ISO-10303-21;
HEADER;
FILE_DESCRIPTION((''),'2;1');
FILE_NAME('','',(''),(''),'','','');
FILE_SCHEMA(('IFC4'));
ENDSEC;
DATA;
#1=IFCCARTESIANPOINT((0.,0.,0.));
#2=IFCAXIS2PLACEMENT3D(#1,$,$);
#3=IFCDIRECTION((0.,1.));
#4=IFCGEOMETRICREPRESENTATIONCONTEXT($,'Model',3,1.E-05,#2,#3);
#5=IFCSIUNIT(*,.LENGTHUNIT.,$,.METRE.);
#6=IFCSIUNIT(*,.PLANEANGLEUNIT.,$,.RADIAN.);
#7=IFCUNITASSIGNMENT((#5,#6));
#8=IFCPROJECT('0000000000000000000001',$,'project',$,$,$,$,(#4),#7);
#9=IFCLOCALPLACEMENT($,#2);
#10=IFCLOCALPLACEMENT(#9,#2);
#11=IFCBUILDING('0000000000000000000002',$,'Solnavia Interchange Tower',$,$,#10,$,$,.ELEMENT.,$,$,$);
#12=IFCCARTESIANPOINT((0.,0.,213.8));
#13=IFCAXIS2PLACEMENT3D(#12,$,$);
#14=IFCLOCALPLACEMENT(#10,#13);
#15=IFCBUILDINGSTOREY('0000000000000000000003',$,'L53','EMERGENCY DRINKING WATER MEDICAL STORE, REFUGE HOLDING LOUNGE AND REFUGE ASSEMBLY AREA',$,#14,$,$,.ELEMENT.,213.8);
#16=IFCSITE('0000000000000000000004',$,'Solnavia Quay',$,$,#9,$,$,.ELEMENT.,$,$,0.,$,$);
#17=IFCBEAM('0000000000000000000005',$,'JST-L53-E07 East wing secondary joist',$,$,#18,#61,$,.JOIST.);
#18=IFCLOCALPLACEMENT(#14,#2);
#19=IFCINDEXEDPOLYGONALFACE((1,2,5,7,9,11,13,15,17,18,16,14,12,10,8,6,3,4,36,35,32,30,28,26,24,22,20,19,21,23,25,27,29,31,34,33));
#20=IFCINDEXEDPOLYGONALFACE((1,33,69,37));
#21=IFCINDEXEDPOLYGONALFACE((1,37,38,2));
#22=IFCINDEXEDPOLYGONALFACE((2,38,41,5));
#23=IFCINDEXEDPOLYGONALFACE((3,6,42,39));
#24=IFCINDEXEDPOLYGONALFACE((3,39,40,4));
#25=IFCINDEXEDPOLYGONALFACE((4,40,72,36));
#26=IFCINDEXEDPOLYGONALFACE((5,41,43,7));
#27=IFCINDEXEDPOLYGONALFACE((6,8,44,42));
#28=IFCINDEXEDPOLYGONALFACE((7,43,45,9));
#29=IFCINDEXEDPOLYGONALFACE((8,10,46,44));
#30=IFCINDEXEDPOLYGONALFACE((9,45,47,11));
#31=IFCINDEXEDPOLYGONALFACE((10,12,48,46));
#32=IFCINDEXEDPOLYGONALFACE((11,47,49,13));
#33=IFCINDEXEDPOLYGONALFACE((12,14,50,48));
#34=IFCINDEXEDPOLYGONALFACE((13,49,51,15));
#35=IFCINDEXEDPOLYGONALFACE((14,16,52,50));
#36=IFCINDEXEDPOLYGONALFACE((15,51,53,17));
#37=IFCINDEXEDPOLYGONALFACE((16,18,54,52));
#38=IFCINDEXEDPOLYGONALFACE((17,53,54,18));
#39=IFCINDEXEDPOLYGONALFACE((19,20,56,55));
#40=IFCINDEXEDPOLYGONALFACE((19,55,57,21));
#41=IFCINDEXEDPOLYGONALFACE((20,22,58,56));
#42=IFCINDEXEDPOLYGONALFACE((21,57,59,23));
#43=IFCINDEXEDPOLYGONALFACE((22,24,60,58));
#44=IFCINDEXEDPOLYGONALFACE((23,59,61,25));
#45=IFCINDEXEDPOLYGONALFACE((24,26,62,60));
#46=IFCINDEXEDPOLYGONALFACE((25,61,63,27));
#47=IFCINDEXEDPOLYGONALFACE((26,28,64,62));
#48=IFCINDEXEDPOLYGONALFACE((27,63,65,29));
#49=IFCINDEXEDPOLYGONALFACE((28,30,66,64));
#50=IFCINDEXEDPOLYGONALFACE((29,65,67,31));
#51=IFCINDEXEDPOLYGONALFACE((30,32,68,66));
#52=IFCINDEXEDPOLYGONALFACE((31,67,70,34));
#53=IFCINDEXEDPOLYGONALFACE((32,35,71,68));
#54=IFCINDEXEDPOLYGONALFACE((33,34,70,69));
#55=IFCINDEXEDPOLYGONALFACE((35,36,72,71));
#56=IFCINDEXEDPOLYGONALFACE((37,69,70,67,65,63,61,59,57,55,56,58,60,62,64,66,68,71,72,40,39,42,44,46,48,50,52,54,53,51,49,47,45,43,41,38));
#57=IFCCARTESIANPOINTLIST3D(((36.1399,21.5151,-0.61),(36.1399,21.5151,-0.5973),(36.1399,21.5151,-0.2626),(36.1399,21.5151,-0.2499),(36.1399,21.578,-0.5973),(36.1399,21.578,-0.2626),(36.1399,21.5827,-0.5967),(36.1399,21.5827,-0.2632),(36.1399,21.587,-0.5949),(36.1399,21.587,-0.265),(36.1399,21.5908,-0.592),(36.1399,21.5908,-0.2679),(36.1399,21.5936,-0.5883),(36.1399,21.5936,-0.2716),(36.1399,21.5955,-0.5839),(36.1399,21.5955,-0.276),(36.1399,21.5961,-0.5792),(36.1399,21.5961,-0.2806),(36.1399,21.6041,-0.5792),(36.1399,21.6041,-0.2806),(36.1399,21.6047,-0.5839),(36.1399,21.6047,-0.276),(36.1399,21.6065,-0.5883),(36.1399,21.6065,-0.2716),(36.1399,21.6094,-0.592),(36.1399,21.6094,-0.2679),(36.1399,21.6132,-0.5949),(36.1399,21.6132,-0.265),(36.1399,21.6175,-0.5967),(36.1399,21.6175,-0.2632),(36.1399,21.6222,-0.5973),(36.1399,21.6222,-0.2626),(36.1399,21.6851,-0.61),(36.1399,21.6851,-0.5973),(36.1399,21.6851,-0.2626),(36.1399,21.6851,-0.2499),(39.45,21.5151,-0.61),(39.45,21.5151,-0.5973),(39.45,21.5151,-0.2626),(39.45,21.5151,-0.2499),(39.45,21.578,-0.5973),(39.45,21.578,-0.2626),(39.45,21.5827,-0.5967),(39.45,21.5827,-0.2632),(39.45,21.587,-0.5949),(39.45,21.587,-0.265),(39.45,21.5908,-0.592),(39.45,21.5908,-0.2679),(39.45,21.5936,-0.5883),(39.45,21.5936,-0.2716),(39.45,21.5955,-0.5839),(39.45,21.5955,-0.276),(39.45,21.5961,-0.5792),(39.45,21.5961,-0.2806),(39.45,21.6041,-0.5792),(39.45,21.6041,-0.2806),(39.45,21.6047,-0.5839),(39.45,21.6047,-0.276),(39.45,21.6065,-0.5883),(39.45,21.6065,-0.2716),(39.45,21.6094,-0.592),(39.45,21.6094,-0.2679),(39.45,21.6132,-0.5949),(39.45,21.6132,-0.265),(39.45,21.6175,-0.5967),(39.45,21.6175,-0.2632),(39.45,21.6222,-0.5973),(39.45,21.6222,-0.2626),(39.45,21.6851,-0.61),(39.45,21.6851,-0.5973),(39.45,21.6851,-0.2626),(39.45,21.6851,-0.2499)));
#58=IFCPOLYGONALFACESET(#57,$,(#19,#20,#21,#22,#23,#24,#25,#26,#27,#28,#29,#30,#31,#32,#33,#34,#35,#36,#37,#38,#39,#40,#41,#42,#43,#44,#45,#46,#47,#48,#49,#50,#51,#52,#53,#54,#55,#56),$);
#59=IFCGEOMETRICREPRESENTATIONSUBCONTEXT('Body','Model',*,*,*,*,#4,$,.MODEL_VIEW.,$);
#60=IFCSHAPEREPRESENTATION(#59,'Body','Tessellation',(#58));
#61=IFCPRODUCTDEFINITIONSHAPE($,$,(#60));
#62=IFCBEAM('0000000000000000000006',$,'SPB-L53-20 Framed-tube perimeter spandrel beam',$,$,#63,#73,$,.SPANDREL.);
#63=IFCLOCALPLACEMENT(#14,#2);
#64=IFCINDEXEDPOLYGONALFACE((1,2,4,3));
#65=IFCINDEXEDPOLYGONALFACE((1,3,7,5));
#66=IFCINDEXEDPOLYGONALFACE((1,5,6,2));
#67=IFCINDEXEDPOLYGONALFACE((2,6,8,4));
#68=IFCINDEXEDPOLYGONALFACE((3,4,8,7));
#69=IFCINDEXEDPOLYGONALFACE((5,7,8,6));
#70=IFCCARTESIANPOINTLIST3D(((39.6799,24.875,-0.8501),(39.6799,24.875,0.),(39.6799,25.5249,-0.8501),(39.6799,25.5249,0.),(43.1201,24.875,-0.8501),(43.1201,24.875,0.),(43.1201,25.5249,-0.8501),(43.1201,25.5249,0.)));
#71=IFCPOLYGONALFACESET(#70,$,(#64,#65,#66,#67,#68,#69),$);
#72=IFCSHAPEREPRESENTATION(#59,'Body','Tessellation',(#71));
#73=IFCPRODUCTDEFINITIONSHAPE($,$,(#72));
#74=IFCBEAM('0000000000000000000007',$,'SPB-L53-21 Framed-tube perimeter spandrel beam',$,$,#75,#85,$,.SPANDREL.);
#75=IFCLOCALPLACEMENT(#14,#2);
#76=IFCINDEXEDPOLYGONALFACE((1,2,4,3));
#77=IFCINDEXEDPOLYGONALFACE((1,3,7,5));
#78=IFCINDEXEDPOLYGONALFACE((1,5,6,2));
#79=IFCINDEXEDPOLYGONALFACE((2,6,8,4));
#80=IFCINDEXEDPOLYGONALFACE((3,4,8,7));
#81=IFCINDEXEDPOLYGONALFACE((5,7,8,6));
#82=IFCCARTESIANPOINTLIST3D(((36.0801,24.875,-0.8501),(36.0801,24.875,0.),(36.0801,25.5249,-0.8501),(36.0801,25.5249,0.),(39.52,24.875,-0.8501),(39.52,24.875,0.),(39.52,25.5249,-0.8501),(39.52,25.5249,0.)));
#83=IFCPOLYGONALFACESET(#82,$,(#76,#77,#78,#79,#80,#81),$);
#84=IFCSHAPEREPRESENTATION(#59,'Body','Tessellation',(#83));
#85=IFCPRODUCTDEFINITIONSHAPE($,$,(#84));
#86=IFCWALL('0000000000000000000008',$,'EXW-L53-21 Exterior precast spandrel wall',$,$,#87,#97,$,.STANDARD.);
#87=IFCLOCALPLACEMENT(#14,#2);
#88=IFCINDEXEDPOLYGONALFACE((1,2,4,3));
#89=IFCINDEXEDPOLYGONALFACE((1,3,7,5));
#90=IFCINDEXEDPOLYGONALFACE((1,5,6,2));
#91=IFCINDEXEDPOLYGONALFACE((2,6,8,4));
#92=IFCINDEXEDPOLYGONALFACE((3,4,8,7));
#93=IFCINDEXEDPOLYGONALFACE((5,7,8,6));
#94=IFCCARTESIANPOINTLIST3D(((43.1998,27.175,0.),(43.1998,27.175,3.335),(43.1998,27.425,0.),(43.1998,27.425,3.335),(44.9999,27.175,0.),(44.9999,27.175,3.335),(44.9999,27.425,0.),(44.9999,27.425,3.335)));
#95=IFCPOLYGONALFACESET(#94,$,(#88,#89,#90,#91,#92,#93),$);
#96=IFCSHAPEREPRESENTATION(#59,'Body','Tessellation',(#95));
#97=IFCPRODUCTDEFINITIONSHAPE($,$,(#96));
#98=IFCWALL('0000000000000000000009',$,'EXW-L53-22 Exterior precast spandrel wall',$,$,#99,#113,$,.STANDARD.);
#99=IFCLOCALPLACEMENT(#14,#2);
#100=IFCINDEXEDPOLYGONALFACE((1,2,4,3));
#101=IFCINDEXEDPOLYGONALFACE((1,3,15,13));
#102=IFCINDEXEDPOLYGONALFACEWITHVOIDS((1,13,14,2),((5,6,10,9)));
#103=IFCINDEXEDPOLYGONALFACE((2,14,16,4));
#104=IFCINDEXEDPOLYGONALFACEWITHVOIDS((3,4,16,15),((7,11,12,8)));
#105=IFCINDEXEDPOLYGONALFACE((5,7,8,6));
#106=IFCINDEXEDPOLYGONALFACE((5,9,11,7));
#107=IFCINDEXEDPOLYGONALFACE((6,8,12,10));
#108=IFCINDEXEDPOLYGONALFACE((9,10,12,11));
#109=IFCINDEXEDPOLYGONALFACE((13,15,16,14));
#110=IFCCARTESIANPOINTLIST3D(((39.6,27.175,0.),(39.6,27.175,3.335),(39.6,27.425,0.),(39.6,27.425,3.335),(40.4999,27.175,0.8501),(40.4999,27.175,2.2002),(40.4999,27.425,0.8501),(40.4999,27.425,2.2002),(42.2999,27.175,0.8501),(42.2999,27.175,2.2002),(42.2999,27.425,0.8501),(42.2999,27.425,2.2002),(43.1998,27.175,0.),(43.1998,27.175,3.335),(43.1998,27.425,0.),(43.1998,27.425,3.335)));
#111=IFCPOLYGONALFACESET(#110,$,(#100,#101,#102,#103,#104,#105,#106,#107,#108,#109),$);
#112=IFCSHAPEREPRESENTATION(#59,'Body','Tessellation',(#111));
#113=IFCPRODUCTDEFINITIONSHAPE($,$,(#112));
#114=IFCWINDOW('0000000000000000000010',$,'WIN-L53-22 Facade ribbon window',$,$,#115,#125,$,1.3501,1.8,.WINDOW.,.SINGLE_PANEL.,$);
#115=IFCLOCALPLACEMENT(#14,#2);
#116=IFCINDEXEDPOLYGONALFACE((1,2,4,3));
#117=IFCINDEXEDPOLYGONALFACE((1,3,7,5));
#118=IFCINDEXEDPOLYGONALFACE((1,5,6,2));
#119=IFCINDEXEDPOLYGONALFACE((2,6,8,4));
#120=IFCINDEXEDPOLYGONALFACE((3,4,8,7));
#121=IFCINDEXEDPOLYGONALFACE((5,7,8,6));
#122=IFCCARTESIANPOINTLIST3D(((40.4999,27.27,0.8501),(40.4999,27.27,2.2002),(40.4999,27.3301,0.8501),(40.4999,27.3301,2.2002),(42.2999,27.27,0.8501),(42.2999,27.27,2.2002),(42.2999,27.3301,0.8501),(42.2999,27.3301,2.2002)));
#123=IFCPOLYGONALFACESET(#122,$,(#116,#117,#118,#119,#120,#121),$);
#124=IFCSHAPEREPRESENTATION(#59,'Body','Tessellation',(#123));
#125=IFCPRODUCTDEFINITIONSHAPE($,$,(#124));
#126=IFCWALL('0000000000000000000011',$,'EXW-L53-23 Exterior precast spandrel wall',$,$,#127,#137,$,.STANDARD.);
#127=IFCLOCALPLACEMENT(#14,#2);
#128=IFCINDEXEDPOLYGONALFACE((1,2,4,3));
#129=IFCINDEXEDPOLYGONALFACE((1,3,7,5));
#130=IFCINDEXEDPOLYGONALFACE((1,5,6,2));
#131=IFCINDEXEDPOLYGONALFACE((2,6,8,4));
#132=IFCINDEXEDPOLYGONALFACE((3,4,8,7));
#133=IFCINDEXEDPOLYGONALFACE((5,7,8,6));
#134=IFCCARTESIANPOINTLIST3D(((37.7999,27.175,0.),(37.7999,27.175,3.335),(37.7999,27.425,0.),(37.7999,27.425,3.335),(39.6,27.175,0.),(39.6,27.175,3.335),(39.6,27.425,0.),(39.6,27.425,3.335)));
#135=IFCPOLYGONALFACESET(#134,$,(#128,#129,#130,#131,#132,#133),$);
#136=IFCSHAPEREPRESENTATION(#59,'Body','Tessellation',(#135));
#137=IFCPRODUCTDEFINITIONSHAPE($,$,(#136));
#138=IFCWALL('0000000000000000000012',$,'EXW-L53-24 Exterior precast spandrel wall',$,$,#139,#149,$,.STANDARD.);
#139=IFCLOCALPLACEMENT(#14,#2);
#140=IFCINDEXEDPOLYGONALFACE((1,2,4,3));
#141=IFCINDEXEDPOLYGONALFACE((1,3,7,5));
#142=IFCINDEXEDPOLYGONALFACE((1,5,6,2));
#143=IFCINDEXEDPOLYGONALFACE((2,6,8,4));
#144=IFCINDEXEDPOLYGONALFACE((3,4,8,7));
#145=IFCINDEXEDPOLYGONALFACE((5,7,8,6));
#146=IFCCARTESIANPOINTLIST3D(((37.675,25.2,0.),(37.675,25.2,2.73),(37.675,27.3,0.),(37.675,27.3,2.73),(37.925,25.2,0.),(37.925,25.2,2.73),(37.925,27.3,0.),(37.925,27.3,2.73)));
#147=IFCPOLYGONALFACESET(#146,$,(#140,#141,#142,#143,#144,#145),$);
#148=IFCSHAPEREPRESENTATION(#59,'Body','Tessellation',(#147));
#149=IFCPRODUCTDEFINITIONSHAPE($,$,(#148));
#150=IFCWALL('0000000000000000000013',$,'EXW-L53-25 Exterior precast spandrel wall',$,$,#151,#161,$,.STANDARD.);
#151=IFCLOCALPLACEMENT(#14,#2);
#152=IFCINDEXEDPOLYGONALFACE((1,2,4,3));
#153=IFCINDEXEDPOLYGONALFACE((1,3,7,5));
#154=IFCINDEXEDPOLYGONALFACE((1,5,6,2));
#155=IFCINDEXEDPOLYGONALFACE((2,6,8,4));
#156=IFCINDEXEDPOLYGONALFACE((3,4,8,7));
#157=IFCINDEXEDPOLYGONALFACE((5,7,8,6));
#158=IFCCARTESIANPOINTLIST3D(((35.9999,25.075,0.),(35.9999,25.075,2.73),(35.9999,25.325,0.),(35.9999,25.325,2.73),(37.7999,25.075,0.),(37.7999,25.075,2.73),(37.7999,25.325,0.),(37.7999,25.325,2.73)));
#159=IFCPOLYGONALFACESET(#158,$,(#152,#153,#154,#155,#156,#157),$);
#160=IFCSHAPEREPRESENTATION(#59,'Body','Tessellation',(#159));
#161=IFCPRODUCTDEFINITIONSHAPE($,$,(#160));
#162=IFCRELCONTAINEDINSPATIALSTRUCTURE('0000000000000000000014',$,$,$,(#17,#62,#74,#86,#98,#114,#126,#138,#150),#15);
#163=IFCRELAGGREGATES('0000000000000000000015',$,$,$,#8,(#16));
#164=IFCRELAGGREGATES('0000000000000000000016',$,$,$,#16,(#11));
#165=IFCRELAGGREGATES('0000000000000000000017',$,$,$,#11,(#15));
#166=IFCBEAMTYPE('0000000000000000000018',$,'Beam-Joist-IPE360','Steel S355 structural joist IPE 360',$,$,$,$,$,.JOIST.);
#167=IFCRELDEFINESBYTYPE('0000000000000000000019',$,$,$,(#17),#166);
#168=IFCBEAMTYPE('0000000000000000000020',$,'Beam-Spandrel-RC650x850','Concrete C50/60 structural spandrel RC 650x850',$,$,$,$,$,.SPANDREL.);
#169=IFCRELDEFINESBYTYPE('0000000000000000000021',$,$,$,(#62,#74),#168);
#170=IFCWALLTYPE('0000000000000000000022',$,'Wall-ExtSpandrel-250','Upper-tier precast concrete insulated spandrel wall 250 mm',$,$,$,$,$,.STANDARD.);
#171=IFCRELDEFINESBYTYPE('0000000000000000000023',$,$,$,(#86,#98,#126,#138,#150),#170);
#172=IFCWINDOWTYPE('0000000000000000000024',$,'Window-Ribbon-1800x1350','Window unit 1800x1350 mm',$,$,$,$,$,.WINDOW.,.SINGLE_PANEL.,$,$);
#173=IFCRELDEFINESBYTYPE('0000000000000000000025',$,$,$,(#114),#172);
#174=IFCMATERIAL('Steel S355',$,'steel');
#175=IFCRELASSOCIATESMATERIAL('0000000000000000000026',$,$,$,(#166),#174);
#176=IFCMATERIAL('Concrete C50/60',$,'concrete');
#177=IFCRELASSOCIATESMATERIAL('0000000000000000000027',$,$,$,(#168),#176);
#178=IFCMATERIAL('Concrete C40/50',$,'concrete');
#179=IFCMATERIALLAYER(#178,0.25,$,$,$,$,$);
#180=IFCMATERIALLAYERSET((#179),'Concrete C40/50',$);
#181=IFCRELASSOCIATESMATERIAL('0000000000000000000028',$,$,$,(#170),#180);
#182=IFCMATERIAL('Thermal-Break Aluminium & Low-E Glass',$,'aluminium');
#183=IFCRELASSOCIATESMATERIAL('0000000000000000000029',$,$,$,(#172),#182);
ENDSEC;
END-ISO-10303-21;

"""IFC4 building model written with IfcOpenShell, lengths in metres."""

from ifc_helpers import new_model, si_unit, direction, frame, frame_2d, origin, origin_2d, place, context, subcontext, project, spatial, rectangle, i_section, extrude, material, layer, layer_set, material_profile, profile_set, type_object, element, fill, save


model = new_model("IFC4")

# Units and contexts
model_context = context("Model", 3, precision=1e-05, world=origin(), true_north=direction((0.0, 1.0)))
body_context = subcontext(model_context, "Body", "Model", "MODEL_VIEW")
ifc_project = project(units=[si_unit("LENGTHUNIT", "METRE"), si_unit("PLANEANGLEUNIT", "RADIAN")], contexts=[model_context])

# Site, building, storey
site_placement = place(None, origin())
site = spatial("IfcSite", under=ifc_project, at=site_placement, Name="Solnavia Quay", CompositionType="ELEMENT", RefElevation=0.0)
building_placement = place(site_placement, origin())
building = spatial("IfcBuilding", under=site, at=building_placement, Name="Solnavia Interchange Tower", CompositionType="ELEMENT")
storey_placement = place(building_placement, frame((0.0, 0.0, 213.8)))
storey = spatial("IfcBuildingStorey", under=building, at=storey_placement, Name="L53", Description="EMERGENCY DRINKING WATER MEDICAL STORE, REFUGE HOLDING LOUNGE AND REFUGE ASSEMBLY AREA", CompositionType="ELEMENT", Elevation=213.8)

# Shared definitions
ifc_material_1 = material(Name="Concrete C50/60", Category="concrete")

# Beams
ifc_material_2 = material(Name="Steel S355", Category="steel")
ifc_material_profile_1 = material_profile(ifc_material_2, i_section(OverallWidth=0.1699, OverallDepth=0.3601, WebThickness=0.0081, FlangeThickness=0.0127, FilletRadius=0.0181, at=origin_2d()), Name="IPE 360")
ifc_profile_set_1 = profile_set([ifc_material_profile_1], Name="Steel S355")
beam_type_1 = type_object("IfcBeamType", Name="Beam-Joist-IPE360", Description="Steel S355 structural joist IPE 360", PredefinedType="JOIST", material=ifc_profile_set_1)
beam_1_placement = place(storey_placement, frame((36.1399, 21.6001, -0.4299), z_axis=(1.0, 0.0, 0.0), x_axis=(0.0, 1.0, 0.0)))
element("IfcBeam", 1, at=beam_1_placement, inside=storey, type_object=beam_type_1, Name="JST-L53-E07 East wing secondary joist", PredefinedType="JOIST", context=body_context, shape_type="SweptSolid", body=[
    extrude(i_section(OverallWidth=0.1699, OverallDepth=0.3601, WebThickness=0.0081, FlangeThickness=0.0127, FilletRadius=0.0181, at=origin_2d()), origin(), (0.0, 0.0, 1.0), 3.3101),
])
ifc_material_profile_2 = material_profile(ifc_material_1, rectangle(XDim=0.6499, YDim=0.8501, at=origin_2d()), Name="RC 650x850")
ifc_profile_set_2 = profile_set([ifc_material_profile_2], Name="Concrete C50/60")
beam_type_2 = type_object("IfcBeamType", Name="Beam-Spandrel-RC650x850", Description="Concrete C50/60 structural spandrel RC 650x850", PredefinedType="SPANDREL", material=ifc_profile_set_2)
beam_2_placement = place(storey_placement, frame((43.1201, 25.2, -0.425), z_axis=(-1.0, 0.0, 0.0), x_axis=(0.0, -1.0, 0.0)))
element("IfcBeam", 2, at=beam_2_placement, inside=storey, type_object=beam_type_2, Name="SPB-L53-20 Framed-tube perimeter spandrel beam", PredefinedType="SPANDREL", context=body_context, shape_type="SweptSolid", body=[
    extrude(rectangle(XDim=0.6499, YDim=0.8501, at=origin_2d()), origin(), (0.0, 0.0, 1.0), 3.4402),
])
beam_3_placement = place(storey_placement, frame((39.52, 25.2, -0.425), z_axis=(-1.0, 0.0, 0.0), x_axis=(0.0, -1.0, 0.0)))
element("IfcBeam", 3, at=beam_3_placement, inside=storey, type_object=beam_type_2, Name="SPB-L53-21 Framed-tube perimeter spandrel beam", PredefinedType="SPANDREL", context=body_context, shape_type="SweptSolid", body=[
    extrude(rectangle(XDim=0.6499, YDim=0.8501, at=origin_2d()), origin(), (0.0, 0.0, 1.0), 3.4399),
])

# Wall
ifc_material_3 = material(Name="Concrete C40/50", Category="concrete")
ifc_layer_1 = layer(ifc_material_3, 0.25)
ifc_layer_set_1 = layer_set([ifc_layer_1], Name="Concrete C40/50")
wall_type_1 = type_object("IfcWallType", Name="Wall-ExtSpandrel-250", Description="Upper-tier precast concrete insulated spandrel wall 250 mm", PredefinedType="STANDARD", material=ifc_layer_set_1)
wall_1_placement = place(storey_placement, frame((43.2, 27.3, 0.0), z_axis=(0.0, 0.0, 1.0), x_axis=(1.0, 0.0, 0.0)))
element("IfcWall", 4, at=wall_1_placement, inside=storey, type_object=wall_type_1, Name="EXW-L53-21 Exterior precast spandrel wall", PredefinedType="STANDARD", context=body_context, shape_type="SweptSolid", body=[
    extrude(rectangle(XDim=1.8, YDim=0.25, at=frame_2d((0.8999, 0.0))), origin(), (0.0, 0.0, 1.0), 3.335),
])

# Wall, opening, window
wall_2_placement = place(storey_placement, frame((39.6001, 27.3, 0.0), z_axis=(0.0, 0.0, 1.0), x_axis=(1.0, 0.0, 0.0)))
wall_2 = element("IfcWall", 5, at=wall_2_placement, inside=storey, type_object=wall_type_1, Name="EXW-L53-22 Exterior precast spandrel wall", PredefinedType="STANDARD", context=body_context, shape_type="SweptSolid", body=[
    extrude(rectangle(XDim=3.5999, YDim=0.25, at=frame_2d((1.7998, 0.0))), origin(), (0.0, 0.0, 1.0), 3.335),
])
opening_1_placement = place(wall_2_placement, frame((0.8999, 0.0, 0.8501)))
opening_1 = element("IfcOpeningElement", 6, at=opening_1_placement, cuts=wall_2, PredefinedType="OPENING", context=body_context, shape_type="SweptSolid", body=[
    extrude(rectangle(XDim=1.8, YDim=1.3501, at=frame_2d((0.8999, 0.675))), frame((0.0, 0.135, 0.0), z_axis=(0.0, -1.0, 0.0), x_axis=(1.0, 0.0, 0.0)), (0.0, 0.0, 1.0), 0.27),
])
ifc_material_4 = material(Name="Thermal-Break Aluminium & Low-E Glass", Category="aluminium")
window_type = type_object("IfcWindowType", Name="Window-Ribbon-1800x1350", Description="Window unit 1800x1350 mm", PartitioningType="SINGLE_PANEL", PredefinedType="WINDOW", material=ifc_material_4)
window_placement = place(opening_1_placement, origin())
window = element("IfcWindow", 7, at=window_placement, inside=storey, type_object=window_type, Name="WIN-L53-22 Facade ribbon window", OverallHeight=1.3501, OverallWidth=1.8, PartitioningType="SINGLE_PANEL", PredefinedType="WINDOW", context=body_context, shape_type="SweptSolid", body=[
    extrude(rectangle(XDim=1.8, YDim=1.3501, at=frame_2d((0.8999, 0.675))), frame((0.0, 0.03, 0.0), z_axis=(0.0, -1.0, 0.0), x_axis=(1.0, 0.0, 0.0)), (0.0, 0.0, 1.0), 0.0601),
])
fill(opening_1, window)

# Walls
wall_3_placement = place(storey_placement, frame((37.8, 27.3, 0.0), z_axis=(0.0, 0.0, 1.0), x_axis=(1.0, 0.0, 0.0)))
element("IfcWall", 8, at=wall_3_placement, inside=storey, type_object=wall_type_1, Name="EXW-L53-23 Exterior precast spandrel wall", PredefinedType="STANDARD", context=body_context, shape_type="SweptSolid", body=[
    extrude(rectangle(XDim=1.8, YDim=0.25, at=frame_2d((0.8999, 0.0))), origin(), (0.0, 0.0, 1.0), 3.335),
])
wall_4_placement = place(storey_placement, frame((37.8, 27.3, 0.0), z_axis=(0.0, 0.0, 1.0), x_axis=(0.0, -1.0, 0.0)))
element("IfcWall", 9, at=wall_4_placement, inside=storey, type_object=wall_type_1, Name="EXW-L53-24 Exterior precast spandrel wall", PredefinedType="STANDARD", context=body_context, shape_type="SweptSolid", body=[
    extrude(rectangle(XDim=2.1001, YDim=0.25, at=frame_2d((1.05, 0.0))), origin(), (0.0, 0.0, 1.0), 2.73),
])
wall_5_placement = place(storey_placement, frame((36.0, 25.2, 0.0), z_axis=(0.0, 0.0, 1.0), x_axis=(1.0, 0.0, 0.0)))
element("IfcWall", 10, at=wall_5_placement, inside=storey, type_object=wall_type_1, Name="EXW-L53-25 Exterior precast spandrel wall", PredefinedType="STANDARD", context=body_context, shape_type="SweptSolid", body=[
    extrude(rectangle(XDim=1.8, YDim=0.25, at=frame_2d((0.8999, 0.0))), origin(), (0.0, 0.0, 1.0), 2.73),
])

save(model, "model.ifc")
